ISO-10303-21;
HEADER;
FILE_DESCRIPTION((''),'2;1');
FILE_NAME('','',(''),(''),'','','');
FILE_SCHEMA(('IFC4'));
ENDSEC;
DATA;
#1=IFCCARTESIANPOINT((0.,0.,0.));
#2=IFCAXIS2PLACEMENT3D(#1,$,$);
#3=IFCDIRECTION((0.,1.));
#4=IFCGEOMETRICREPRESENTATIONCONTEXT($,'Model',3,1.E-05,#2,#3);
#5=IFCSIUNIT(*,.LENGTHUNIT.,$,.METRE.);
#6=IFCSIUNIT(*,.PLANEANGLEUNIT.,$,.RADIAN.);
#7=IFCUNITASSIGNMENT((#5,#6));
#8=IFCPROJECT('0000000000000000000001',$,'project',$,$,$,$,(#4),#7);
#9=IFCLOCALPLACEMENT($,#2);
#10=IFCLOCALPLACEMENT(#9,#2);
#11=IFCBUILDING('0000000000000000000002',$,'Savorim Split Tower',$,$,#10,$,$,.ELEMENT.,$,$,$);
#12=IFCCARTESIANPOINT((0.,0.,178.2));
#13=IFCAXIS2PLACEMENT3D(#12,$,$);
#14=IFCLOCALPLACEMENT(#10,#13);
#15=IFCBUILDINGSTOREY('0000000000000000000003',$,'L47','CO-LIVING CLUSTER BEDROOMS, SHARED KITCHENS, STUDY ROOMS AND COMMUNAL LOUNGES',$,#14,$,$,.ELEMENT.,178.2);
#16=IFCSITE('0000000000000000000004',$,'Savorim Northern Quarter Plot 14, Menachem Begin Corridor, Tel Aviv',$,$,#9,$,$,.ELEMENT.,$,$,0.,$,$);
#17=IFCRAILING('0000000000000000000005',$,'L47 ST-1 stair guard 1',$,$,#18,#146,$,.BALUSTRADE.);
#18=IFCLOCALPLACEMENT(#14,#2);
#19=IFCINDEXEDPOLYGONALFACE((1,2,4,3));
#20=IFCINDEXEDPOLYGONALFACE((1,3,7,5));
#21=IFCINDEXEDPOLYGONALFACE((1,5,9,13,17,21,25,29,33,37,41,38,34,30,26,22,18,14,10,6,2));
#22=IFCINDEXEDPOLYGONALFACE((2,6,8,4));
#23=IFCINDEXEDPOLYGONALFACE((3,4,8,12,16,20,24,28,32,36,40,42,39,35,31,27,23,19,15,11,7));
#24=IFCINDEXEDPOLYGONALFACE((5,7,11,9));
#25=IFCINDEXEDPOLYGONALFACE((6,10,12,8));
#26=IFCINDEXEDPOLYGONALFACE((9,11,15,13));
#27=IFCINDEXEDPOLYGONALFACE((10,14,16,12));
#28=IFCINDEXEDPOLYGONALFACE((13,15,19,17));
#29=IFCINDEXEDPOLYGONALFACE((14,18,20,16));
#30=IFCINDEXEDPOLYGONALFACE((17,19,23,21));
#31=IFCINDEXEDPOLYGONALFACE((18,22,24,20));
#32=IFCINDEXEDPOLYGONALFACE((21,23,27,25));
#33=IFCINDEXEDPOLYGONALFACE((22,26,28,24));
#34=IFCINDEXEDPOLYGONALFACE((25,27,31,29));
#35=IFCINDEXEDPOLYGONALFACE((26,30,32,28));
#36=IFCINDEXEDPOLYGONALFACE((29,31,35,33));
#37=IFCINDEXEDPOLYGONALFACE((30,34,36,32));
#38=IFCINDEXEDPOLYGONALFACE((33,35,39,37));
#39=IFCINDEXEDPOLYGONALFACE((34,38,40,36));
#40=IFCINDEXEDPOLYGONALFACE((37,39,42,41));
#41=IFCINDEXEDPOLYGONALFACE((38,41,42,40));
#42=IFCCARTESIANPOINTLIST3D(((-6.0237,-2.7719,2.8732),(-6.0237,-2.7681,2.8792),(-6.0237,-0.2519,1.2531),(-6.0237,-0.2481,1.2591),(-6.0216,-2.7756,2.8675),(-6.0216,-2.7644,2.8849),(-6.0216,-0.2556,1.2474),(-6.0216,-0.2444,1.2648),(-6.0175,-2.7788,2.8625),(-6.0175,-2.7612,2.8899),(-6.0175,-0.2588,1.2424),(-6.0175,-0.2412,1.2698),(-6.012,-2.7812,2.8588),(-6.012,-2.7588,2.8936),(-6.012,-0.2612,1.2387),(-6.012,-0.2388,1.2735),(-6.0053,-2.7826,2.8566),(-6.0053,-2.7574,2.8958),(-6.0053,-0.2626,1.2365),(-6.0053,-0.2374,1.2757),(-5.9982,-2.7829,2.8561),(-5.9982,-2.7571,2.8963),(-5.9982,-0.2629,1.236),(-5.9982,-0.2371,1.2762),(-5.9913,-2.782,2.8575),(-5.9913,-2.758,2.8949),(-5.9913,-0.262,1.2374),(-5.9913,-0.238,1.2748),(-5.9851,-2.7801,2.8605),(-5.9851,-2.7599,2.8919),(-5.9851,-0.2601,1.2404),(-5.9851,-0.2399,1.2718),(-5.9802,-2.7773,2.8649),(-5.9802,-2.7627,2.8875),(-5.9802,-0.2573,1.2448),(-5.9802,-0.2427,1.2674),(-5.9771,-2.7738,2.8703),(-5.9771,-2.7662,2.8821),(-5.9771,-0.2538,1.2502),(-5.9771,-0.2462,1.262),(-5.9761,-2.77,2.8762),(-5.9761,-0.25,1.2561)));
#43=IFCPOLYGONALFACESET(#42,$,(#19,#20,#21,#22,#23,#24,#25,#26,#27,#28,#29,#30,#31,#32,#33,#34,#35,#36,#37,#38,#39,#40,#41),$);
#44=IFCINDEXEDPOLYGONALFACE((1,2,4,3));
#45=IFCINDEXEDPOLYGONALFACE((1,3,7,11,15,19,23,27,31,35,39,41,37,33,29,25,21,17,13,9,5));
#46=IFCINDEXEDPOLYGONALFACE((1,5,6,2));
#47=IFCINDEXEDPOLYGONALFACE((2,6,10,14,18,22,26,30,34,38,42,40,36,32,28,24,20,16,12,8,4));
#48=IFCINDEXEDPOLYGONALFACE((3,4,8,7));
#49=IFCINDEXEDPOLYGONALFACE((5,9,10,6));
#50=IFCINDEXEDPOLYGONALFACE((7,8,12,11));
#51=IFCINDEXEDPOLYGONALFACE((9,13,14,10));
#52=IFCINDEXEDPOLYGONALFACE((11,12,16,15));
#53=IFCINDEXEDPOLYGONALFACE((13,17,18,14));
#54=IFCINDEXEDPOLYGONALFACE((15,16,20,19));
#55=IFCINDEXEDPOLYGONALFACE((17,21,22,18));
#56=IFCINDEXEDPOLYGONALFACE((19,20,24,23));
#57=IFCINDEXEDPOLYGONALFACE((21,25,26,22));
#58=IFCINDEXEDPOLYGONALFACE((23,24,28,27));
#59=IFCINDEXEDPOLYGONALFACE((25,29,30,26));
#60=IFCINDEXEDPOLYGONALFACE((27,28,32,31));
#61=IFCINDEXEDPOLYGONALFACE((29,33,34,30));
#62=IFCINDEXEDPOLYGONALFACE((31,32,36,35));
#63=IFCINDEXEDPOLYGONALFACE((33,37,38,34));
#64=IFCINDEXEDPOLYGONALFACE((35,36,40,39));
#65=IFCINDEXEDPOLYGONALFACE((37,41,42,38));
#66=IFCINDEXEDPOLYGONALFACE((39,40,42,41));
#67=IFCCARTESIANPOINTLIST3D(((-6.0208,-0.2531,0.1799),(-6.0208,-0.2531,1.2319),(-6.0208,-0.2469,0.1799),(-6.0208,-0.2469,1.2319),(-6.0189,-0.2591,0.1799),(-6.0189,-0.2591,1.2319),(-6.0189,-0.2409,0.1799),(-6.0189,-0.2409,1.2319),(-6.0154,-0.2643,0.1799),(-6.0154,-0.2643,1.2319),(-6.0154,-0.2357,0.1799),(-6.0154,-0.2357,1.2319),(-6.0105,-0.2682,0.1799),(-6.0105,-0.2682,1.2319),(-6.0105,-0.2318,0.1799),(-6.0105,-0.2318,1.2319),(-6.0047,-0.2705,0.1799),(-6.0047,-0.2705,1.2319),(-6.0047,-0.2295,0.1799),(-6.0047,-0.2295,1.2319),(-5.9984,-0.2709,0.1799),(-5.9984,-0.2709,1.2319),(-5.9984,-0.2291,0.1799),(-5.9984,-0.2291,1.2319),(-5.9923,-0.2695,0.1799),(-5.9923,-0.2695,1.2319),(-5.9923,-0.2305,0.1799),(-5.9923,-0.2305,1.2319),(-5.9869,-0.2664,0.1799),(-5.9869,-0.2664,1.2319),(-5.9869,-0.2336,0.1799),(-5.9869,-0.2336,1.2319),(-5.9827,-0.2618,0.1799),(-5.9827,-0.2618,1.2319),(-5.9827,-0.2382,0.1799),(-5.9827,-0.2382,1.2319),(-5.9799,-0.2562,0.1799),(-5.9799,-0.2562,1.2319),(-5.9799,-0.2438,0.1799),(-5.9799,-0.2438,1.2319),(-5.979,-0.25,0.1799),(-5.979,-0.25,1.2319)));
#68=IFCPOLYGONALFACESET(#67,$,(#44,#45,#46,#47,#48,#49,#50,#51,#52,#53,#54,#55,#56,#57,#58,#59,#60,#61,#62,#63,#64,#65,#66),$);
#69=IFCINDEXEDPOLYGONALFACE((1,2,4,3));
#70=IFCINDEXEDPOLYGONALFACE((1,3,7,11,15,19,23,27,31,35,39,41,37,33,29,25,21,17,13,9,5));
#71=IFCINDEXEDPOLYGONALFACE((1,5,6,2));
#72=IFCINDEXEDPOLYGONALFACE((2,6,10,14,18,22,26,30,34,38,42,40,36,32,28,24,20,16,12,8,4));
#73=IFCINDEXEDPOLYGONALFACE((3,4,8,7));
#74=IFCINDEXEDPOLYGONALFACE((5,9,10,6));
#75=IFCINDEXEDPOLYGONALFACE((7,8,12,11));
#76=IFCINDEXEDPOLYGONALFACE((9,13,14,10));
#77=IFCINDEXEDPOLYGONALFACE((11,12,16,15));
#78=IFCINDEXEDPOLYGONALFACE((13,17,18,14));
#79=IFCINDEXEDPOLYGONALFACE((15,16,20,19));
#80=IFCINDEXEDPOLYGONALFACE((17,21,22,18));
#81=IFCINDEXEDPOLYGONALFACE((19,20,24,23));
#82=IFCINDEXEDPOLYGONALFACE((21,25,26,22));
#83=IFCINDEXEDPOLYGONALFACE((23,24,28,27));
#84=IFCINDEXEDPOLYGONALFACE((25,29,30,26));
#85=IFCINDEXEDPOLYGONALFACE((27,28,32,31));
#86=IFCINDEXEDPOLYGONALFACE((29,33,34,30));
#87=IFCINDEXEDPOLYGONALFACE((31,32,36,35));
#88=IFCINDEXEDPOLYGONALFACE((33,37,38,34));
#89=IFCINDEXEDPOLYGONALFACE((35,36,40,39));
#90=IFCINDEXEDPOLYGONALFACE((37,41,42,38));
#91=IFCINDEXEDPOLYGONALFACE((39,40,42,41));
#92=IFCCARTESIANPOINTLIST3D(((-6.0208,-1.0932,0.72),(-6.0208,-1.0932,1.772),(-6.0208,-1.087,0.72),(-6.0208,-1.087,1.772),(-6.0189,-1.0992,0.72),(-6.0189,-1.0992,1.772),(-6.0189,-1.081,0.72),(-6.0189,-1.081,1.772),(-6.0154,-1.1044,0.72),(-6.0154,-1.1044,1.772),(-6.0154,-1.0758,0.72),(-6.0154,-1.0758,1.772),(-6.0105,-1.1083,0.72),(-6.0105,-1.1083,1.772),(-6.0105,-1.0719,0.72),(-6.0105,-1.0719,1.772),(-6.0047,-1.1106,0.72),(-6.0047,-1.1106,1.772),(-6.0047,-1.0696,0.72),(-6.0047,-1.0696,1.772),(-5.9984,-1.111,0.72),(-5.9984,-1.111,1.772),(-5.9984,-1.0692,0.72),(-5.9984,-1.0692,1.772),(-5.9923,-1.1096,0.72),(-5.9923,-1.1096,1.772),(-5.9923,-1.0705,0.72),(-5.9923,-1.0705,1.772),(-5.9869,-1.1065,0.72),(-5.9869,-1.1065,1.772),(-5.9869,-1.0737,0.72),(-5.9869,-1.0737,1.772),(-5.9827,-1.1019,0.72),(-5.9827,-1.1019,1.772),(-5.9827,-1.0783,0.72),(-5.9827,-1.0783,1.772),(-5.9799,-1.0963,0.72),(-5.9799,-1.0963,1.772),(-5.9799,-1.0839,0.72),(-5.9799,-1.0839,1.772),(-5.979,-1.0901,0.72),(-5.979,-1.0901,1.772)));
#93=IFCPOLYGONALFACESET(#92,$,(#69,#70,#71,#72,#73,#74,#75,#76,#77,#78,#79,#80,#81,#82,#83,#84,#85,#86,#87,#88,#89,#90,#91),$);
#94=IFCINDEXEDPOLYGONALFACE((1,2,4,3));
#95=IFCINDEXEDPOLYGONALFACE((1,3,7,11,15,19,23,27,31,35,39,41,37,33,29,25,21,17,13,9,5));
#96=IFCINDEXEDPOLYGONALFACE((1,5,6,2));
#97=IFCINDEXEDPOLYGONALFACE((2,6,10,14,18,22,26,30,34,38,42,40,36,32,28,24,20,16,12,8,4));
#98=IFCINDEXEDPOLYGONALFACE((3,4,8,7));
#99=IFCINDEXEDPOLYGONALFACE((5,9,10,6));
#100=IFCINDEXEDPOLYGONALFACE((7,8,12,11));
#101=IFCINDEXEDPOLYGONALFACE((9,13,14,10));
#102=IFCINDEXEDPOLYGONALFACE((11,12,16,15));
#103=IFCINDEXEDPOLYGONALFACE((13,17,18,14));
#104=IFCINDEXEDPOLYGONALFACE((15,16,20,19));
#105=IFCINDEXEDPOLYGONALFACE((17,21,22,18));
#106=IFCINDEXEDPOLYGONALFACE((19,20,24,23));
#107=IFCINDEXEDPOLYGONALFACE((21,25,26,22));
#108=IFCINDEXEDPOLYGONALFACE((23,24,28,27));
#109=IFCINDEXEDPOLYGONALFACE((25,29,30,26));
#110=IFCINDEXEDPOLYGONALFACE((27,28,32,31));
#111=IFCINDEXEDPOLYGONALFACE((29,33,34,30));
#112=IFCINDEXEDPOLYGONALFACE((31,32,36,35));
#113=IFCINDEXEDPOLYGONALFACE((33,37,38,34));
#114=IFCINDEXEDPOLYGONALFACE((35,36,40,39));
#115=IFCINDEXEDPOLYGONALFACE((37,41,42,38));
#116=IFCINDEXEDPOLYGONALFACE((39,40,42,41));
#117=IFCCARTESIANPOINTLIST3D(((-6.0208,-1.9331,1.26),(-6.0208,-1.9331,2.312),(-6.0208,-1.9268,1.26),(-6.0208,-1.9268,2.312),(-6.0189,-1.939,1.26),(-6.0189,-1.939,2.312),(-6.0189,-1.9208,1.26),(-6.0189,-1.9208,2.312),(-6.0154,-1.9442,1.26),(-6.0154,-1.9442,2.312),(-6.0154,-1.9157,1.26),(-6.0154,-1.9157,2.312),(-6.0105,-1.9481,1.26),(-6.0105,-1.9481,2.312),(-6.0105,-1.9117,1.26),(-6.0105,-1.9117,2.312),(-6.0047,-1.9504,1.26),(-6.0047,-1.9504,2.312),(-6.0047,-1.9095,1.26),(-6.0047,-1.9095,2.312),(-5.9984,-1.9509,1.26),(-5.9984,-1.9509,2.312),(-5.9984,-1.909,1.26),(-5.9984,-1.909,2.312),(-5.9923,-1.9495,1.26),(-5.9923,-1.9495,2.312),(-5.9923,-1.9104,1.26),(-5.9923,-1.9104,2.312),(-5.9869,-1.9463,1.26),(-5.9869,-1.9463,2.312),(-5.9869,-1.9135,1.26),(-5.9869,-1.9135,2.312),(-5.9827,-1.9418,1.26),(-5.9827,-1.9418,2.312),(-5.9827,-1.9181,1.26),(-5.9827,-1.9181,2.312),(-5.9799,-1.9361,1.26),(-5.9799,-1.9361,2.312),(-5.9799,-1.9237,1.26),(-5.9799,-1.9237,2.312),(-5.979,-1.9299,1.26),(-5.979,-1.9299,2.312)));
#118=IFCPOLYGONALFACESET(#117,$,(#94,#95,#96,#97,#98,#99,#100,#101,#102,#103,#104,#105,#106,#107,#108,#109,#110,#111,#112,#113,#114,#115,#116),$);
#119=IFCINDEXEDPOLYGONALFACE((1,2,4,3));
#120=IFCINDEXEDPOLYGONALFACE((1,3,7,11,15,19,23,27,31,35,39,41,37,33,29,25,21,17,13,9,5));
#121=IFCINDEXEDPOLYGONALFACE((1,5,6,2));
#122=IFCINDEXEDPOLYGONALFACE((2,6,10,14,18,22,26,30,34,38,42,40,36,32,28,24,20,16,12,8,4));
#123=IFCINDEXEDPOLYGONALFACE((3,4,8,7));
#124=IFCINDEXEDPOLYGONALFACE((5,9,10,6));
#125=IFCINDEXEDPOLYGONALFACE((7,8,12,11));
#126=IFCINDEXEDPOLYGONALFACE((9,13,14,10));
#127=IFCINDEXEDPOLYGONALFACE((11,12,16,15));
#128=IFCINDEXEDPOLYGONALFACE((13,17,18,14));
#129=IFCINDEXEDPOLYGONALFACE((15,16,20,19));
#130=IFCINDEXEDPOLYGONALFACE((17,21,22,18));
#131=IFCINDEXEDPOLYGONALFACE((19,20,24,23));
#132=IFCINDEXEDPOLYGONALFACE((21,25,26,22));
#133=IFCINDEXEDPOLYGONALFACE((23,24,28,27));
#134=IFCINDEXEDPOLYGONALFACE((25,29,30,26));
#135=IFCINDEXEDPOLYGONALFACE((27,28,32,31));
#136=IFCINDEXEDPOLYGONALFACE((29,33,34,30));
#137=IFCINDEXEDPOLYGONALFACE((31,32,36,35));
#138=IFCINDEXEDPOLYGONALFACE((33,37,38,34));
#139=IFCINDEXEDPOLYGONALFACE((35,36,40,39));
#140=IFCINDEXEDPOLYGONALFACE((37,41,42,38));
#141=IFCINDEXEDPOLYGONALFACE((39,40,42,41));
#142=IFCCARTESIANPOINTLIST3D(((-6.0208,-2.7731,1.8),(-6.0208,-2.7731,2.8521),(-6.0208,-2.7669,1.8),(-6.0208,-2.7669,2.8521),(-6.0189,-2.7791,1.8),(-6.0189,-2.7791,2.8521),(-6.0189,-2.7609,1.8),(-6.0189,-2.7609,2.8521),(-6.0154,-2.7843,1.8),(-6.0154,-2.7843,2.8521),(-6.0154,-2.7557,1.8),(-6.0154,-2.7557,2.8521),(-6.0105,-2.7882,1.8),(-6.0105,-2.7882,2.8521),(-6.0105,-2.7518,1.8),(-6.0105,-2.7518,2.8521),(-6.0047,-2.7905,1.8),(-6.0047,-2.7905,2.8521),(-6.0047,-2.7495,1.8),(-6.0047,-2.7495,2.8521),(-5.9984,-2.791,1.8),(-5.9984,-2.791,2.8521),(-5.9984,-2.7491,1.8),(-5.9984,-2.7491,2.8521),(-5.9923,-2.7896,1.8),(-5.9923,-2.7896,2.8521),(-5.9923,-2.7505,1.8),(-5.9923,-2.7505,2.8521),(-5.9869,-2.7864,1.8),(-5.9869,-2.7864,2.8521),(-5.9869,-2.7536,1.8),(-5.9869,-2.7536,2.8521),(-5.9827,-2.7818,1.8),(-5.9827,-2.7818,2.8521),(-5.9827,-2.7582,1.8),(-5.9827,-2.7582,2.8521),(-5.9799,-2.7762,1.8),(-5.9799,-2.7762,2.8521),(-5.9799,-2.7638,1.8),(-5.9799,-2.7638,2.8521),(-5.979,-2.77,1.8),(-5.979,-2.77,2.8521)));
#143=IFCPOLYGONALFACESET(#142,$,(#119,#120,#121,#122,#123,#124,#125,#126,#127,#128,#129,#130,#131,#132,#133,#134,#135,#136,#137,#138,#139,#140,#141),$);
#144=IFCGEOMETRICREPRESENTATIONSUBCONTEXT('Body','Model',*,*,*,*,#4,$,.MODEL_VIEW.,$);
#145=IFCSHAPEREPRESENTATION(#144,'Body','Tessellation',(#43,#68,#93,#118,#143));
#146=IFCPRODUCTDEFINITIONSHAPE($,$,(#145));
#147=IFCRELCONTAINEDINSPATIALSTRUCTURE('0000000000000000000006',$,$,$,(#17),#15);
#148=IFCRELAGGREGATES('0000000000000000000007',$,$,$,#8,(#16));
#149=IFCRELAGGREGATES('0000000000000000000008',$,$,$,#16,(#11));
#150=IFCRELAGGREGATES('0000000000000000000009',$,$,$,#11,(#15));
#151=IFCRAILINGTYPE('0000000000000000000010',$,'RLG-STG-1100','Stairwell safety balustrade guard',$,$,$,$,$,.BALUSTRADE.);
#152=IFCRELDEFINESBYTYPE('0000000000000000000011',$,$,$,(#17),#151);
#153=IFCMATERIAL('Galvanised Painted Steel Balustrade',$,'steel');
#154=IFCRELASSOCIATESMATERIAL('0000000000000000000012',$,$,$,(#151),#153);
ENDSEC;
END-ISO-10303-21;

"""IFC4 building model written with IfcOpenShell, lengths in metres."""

from ifc_helpers import new_model, si_unit, direction, frame, origin, origin_2d, place, context, subcontext, project, spatial, circle, extrude, material, type_object, element, save


model = new_model("IFC4")

# Units and contexts
model_context = context("Model", 3, precision=1e-05, world=origin(), true_north=direction((0.0, 1.0)))
body_context = subcontext(model_context, "Body", "Model", "MODEL_VIEW")
ifc_project = project(units=[si_unit("LENGTHUNIT", "METRE"), si_unit("PLANEANGLEUNIT", "RADIAN")], contexts=[model_context])

# Site, building, storey
site_placement = place(None, origin())
site = spatial("IfcSite", under=ifc_project, at=site_placement, Name="Savorim Northern Quarter Plot 14, Menachem Begin Corridor, Tel Aviv", CompositionType="ELEMENT", RefElevation=0.0)
building_placement = place(site_placement, origin())
building = spatial("IfcBuilding", under=site, at=building_placement, Name="Savorim Split Tower", CompositionType="ELEMENT")
storey_placement = place(building_placement, frame((0.0, 0.0, 178.2)))
storey = spatial("IfcBuildingStorey", under=building, at=storey_placement, Name="L47", Description="CO-LIVING CLUSTER BEDROOMS, SHARED KITCHENS, STUDY ROOMS AND COMMUNAL LOUNGES", CompositionType="ELEMENT", Elevation=178.2)

# Railing
ifc_material_1 = material(Name="Galvanised Painted Steel Balustrade", Category="steel")
railing_type_1 = type_object("IfcRailingType", Name="RLG-STG-1100", Description="Stairwell safety balustrade guard", PredefinedType="BALUSTRADE", material=ifc_material_1)
railing_1_placement = place(storey_placement, frame((-6.0, -0.25, 0.1799)))
element("IfcRailing", 1, at=railing_1_placement, inside=storey, type_object=railing_type_1, Name="L47 ST-1 stair guard 1", PredefinedType="BALUSTRADE", context=body_context, shape_type="SweptSolid", body=[
    extrude(circle(Radius=0.0239, at=origin_2d()), frame((0.0, 0.0, 1.0762), z_axis=(0.0, -0.841163, 0.540782), x_axis=(1.0, 0.0, 0.0)), (0.0, 0.0, 1.0), 2.9958),
    extrude(circle(Radius=0.021, at=origin_2d()), origin(), (0.0, 0.0, 1.0), 1.052),
    extrude(circle(Radius=0.021, at=origin_2d()), frame((0.0, -0.8401, 0.54)), (0.0, 0.0, 1.0), 1.052),
    extrude(circle(Radius=0.021, at=origin_2d()), frame((0.0, -1.6799, 1.0801)), (0.0, 0.0, 1.0), 1.052),
    extrude(circle(Radius=0.021, at=origin_2d()), frame((0.0, -2.52, 1.6201)), (0.0, 0.0, 1.0), 1.052),
])

save(model, "model.ifc")
